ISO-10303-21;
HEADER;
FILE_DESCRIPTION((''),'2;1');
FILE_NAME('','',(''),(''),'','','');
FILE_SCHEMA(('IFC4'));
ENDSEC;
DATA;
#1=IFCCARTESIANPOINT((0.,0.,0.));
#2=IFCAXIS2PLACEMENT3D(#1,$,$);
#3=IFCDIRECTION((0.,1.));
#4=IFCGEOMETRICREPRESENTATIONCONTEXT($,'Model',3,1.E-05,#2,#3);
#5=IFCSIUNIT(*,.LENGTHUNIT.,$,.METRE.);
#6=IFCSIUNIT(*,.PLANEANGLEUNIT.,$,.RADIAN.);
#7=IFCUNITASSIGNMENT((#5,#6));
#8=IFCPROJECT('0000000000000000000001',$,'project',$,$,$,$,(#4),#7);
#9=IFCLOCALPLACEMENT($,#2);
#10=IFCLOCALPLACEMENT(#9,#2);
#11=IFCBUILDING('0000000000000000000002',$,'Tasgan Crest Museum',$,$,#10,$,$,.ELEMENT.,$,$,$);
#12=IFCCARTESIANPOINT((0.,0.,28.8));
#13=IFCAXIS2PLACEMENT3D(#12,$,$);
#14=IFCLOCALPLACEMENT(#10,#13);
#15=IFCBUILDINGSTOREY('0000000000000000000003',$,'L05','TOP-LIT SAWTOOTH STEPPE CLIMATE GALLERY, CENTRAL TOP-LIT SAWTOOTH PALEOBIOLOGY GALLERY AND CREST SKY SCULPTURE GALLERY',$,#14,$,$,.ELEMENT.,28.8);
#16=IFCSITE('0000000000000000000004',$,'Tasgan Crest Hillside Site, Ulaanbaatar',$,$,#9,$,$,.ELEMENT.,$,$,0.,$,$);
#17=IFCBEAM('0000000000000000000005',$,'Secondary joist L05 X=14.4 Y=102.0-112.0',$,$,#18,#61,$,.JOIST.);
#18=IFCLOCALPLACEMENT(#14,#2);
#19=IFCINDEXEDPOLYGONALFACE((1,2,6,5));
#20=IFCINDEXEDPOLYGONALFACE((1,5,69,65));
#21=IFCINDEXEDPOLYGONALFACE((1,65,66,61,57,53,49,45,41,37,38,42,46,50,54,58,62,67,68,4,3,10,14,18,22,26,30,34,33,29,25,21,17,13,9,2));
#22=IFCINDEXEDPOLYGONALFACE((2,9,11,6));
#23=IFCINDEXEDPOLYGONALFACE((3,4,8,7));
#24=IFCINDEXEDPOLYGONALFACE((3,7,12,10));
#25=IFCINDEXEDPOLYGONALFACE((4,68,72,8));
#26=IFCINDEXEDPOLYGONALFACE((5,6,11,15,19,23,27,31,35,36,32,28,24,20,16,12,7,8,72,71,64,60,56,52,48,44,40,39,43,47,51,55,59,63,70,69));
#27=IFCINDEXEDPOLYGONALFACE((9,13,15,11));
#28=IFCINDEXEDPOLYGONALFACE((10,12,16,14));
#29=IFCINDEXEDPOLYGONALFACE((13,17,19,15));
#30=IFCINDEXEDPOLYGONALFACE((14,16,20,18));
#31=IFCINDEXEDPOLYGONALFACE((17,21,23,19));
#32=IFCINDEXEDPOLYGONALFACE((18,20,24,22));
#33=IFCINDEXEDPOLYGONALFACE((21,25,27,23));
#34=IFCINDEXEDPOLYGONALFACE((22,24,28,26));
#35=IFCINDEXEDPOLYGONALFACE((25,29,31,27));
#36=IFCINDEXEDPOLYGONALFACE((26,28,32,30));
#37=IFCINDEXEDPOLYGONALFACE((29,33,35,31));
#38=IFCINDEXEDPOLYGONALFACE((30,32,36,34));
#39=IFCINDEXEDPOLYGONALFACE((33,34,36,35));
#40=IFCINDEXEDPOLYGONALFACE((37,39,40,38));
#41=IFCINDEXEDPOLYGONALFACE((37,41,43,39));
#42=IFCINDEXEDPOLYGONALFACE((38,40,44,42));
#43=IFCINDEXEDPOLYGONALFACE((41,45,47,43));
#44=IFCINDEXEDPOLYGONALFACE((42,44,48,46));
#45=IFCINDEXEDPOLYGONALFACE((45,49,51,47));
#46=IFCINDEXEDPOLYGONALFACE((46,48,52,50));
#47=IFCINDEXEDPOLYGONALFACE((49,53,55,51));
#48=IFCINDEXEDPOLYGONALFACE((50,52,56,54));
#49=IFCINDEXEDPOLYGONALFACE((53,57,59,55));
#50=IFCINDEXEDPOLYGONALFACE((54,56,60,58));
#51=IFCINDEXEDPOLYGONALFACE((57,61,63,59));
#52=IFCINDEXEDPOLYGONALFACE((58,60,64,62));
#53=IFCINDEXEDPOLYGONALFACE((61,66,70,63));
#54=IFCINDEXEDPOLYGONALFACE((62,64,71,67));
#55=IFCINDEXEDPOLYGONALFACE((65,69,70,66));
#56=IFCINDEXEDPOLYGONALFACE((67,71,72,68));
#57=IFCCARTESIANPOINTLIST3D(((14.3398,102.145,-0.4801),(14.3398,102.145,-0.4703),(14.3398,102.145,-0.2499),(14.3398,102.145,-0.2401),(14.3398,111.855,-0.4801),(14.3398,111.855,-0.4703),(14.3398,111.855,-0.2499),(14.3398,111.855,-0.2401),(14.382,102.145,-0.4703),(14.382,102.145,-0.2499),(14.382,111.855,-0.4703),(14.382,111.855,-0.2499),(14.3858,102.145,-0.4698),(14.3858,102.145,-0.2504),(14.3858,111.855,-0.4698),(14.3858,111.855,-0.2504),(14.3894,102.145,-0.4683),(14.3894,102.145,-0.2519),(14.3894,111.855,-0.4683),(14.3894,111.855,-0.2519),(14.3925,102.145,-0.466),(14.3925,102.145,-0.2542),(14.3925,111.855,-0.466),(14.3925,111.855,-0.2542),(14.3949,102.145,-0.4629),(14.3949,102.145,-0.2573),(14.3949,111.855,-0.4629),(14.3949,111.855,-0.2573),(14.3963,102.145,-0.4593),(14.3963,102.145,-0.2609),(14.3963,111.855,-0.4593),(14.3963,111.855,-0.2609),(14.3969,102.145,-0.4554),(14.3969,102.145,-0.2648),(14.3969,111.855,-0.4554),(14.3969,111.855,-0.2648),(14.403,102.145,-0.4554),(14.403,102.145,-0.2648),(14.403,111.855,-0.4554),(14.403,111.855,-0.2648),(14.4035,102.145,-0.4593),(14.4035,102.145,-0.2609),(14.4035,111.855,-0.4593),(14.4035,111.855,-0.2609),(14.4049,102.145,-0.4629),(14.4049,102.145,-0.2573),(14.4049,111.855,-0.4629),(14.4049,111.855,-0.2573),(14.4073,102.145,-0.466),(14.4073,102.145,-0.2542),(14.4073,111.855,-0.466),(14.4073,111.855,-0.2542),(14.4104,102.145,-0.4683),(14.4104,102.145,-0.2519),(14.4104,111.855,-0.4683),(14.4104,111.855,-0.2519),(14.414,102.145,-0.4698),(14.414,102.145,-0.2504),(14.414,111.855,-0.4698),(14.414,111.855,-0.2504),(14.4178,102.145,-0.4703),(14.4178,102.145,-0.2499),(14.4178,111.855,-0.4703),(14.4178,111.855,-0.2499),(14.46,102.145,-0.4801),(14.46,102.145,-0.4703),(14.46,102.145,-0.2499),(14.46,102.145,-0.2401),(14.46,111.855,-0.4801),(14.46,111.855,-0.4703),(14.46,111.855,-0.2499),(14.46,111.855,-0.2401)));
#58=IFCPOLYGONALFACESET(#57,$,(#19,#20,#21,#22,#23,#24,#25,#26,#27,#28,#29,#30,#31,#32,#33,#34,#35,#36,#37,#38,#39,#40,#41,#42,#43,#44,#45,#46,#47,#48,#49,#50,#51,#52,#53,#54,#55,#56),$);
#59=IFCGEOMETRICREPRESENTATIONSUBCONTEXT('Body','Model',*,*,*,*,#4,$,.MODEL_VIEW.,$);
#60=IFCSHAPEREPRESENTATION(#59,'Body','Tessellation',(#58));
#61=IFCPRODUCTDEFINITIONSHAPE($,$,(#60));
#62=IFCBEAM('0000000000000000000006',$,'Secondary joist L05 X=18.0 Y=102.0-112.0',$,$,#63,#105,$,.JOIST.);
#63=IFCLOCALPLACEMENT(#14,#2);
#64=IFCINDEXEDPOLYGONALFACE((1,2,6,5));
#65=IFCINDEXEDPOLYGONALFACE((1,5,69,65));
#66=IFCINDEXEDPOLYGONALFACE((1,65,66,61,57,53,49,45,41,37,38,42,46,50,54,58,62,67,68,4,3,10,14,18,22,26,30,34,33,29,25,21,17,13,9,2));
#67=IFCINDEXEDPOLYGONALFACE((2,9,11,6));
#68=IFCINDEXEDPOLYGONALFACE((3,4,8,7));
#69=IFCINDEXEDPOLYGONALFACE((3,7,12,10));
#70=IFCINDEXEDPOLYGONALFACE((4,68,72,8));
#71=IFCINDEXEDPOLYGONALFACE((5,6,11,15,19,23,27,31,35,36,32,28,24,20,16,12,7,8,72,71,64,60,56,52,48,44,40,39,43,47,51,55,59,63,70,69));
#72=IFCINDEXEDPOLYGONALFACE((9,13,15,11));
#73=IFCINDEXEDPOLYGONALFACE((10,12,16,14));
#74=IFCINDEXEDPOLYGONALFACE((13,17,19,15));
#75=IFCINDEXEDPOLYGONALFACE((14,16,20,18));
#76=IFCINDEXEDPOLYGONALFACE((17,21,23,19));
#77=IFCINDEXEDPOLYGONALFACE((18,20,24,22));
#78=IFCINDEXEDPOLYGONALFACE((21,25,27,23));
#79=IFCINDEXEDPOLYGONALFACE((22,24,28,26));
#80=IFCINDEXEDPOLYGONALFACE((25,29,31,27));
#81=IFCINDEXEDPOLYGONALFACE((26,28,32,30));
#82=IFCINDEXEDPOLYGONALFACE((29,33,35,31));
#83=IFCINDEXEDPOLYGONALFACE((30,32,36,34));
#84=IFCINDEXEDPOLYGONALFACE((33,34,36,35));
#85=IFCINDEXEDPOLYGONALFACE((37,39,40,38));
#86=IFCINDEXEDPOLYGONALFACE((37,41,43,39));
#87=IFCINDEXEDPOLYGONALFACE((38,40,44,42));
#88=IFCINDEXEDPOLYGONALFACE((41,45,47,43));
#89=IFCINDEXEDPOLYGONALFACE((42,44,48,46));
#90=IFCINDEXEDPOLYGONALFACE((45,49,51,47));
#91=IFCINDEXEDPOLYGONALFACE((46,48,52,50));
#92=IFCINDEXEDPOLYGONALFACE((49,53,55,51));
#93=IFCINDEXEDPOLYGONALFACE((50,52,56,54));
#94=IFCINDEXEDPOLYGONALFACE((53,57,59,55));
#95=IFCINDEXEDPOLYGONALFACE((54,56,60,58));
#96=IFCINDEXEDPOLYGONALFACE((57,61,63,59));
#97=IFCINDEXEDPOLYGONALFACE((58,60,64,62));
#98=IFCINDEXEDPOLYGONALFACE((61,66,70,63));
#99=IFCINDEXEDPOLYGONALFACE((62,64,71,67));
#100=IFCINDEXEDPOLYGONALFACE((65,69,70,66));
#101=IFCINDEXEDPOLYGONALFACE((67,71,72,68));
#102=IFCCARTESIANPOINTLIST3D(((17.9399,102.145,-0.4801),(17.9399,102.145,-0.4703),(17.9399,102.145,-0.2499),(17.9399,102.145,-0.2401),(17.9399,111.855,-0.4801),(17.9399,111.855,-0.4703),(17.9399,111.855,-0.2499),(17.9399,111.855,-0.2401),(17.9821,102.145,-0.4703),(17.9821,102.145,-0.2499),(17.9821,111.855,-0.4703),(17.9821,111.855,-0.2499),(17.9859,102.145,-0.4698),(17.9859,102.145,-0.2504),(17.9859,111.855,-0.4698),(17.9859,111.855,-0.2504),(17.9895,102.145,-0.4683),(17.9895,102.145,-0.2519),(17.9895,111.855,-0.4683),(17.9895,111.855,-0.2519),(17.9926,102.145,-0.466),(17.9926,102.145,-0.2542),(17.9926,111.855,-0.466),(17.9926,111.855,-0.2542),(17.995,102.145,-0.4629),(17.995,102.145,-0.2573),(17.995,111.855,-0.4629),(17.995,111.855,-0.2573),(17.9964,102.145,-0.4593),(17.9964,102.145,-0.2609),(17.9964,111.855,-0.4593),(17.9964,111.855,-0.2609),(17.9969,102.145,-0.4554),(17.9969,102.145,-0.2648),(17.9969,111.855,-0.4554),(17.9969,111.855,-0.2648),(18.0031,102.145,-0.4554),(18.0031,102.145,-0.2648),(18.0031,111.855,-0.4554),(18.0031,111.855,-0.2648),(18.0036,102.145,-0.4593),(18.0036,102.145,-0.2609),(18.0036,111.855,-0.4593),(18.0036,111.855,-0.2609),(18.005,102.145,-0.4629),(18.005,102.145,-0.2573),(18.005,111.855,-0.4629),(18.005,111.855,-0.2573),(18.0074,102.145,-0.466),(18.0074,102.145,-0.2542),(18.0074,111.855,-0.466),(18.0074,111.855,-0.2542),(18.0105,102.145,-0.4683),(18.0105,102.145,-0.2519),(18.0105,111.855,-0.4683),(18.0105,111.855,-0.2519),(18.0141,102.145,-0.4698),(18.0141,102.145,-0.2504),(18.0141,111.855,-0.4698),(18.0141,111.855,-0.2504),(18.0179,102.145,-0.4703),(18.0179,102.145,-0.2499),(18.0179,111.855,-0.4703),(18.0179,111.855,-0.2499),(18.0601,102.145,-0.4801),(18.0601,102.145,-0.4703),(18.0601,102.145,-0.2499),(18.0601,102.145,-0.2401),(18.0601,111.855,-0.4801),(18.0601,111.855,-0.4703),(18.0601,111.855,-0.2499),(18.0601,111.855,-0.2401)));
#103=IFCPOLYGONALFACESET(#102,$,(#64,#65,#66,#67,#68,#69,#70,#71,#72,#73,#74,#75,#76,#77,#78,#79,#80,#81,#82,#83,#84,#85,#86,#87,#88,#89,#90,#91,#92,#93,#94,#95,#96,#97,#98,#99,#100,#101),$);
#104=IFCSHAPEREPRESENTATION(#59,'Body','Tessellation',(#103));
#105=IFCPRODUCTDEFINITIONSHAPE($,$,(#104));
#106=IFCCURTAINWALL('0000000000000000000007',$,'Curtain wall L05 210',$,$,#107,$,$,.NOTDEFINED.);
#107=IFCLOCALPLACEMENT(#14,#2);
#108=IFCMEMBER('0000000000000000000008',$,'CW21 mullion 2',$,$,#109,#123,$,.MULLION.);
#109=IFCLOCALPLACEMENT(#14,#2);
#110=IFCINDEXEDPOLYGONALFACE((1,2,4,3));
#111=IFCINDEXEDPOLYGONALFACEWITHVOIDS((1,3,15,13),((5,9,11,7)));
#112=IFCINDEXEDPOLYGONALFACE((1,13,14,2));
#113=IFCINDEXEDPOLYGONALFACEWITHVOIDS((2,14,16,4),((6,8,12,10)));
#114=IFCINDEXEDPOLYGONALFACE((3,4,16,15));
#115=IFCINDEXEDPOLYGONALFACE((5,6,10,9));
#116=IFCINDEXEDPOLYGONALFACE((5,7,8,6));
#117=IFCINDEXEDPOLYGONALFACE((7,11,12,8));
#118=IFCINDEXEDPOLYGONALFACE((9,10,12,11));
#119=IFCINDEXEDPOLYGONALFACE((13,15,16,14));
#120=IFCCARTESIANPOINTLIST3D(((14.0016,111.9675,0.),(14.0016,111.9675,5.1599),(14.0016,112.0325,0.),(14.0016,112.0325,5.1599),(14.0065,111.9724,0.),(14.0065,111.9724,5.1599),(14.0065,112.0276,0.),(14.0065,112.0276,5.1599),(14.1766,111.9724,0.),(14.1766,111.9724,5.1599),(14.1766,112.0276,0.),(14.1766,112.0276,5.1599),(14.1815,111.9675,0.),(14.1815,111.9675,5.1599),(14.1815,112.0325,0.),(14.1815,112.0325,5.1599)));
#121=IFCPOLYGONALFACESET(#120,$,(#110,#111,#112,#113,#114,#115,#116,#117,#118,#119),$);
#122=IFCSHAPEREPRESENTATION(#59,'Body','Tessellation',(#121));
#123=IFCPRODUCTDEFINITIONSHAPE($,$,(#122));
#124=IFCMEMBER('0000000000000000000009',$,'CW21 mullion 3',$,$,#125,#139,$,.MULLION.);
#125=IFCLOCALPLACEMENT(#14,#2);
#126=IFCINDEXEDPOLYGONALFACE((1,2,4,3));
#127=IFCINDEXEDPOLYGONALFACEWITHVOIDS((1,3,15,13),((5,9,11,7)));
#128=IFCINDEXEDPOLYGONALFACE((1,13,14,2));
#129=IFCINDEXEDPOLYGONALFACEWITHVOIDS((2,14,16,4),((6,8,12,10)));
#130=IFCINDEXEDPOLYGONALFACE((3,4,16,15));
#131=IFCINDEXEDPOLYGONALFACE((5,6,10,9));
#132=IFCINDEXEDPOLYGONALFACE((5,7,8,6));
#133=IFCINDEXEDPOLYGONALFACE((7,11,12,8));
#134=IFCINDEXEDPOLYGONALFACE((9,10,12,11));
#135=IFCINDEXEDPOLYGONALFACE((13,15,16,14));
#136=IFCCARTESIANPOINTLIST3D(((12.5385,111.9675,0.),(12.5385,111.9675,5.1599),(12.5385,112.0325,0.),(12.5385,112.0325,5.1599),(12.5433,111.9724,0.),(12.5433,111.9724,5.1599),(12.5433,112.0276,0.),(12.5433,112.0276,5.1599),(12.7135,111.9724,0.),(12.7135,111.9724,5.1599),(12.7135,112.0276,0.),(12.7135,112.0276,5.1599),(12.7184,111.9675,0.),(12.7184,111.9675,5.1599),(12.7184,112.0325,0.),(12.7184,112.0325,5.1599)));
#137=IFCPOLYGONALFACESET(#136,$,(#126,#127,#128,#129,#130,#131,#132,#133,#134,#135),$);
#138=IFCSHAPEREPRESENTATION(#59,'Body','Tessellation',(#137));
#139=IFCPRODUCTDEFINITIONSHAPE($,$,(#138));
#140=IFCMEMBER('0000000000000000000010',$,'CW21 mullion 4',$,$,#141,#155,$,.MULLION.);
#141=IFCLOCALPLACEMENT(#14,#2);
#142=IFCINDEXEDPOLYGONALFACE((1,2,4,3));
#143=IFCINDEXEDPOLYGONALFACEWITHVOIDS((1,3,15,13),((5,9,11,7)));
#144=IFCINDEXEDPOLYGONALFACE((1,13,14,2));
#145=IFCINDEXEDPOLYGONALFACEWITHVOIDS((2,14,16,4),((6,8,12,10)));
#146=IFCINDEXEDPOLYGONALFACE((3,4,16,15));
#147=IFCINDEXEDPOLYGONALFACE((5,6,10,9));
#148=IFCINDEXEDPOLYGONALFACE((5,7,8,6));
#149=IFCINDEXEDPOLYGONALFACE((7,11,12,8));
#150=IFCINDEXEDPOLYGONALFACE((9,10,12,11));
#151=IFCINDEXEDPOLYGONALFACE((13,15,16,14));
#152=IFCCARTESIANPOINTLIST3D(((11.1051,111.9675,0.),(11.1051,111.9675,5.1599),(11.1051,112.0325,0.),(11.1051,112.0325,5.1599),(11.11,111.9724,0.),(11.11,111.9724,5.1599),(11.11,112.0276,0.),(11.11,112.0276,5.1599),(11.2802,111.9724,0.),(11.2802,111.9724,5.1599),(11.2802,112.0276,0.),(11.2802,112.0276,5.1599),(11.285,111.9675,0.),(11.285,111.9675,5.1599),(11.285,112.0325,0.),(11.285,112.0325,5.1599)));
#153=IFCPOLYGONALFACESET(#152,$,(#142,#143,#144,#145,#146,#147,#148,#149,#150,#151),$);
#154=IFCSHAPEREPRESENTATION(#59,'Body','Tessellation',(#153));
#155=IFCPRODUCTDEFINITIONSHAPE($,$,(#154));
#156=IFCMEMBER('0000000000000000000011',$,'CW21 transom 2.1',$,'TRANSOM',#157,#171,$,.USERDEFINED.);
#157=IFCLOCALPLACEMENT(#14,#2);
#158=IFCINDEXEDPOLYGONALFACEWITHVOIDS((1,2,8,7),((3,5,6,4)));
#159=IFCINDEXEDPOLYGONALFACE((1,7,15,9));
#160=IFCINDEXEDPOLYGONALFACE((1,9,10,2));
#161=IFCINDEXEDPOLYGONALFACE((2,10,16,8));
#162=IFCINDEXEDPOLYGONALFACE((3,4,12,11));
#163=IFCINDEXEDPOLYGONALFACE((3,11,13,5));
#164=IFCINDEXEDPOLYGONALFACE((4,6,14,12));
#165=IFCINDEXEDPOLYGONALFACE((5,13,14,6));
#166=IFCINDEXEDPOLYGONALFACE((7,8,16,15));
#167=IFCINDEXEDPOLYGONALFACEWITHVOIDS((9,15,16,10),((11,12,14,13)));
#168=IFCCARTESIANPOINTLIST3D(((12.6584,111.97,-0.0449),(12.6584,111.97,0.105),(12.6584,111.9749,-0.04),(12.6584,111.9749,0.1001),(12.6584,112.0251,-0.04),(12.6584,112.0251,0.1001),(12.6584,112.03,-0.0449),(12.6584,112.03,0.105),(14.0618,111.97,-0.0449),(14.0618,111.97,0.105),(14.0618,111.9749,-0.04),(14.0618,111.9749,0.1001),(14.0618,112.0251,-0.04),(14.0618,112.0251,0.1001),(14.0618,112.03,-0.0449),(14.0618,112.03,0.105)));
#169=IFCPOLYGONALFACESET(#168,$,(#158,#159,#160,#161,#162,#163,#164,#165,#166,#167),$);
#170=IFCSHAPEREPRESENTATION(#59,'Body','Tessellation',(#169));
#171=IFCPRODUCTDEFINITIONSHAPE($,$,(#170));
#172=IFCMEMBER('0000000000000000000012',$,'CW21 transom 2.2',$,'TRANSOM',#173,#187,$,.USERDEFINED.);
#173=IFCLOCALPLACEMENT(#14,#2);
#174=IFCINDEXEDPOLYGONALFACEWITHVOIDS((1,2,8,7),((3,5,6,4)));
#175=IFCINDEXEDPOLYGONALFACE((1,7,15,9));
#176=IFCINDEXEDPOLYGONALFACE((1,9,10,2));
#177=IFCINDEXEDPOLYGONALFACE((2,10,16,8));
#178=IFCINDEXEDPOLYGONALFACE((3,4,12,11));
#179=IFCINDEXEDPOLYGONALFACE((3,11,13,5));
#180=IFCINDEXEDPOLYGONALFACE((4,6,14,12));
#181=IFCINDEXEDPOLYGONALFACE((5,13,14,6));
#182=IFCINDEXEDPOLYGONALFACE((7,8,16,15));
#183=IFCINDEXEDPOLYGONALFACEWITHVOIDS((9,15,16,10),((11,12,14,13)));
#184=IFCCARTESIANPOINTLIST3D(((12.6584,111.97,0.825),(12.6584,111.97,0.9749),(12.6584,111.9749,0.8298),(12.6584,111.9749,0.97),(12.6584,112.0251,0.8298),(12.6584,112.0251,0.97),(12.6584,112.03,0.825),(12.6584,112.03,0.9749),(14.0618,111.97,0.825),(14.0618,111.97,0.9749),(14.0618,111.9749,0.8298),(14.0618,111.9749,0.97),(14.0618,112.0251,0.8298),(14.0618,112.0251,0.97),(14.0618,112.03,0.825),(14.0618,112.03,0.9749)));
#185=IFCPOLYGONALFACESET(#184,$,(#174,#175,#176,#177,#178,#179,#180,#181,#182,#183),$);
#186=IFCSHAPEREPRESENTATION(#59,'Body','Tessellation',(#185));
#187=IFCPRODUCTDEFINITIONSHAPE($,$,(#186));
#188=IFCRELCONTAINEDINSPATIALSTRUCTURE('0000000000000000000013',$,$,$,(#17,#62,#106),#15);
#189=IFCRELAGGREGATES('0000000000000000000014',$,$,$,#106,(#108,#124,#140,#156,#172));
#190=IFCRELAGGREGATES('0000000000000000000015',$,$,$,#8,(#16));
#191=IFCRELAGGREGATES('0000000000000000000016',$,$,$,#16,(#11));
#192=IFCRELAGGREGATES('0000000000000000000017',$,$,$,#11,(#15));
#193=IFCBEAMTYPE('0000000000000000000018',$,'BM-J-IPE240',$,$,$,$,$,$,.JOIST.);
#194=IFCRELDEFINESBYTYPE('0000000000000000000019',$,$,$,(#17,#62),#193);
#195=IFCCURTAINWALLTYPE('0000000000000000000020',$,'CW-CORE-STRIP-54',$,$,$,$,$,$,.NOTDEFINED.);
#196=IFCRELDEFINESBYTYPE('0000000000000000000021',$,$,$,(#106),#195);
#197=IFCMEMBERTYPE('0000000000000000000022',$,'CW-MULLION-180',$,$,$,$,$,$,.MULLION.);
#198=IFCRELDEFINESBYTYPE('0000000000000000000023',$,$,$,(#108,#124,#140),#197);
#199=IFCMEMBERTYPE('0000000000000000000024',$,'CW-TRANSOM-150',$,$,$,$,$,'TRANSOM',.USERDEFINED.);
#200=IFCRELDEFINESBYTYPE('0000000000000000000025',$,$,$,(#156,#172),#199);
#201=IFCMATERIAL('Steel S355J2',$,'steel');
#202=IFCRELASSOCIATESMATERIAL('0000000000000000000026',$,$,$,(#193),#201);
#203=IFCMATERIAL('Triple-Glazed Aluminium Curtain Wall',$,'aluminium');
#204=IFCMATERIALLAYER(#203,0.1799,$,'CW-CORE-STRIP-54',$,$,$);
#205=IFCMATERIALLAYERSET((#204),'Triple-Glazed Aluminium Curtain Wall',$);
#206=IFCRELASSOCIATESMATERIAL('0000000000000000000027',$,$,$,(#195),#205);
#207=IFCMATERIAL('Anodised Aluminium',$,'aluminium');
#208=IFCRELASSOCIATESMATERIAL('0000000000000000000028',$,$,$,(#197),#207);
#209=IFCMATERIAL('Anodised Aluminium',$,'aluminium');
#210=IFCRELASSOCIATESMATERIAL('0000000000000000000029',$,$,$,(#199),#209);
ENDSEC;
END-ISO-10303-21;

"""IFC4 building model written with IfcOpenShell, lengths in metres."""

from ifc_helpers import new_model, si_unit, direction, frame, origin, origin_2d, place, context, subcontext, project, spatial, hollow_rectangle, i_section, extrude, material, layer, layer_set, material_profile, profile_set, type_object, element, aggregate, save


model = new_model("IFC4")

# Units and contexts
model_context = context("Model", 3, precision=1e-05, world=origin(), true_north=direction((0.0, 1.0)))
body_context = subcontext(model_context, "Body", "Model", "MODEL_VIEW")
ifc_project = project(units=[si_unit("LENGTHUNIT", "METRE"), si_unit("PLANEANGLEUNIT", "RADIAN")], contexts=[model_context])

# Site, building, storey
site_placement = place(None, origin())
site = spatial("IfcSite", under=ifc_project, at=site_placement, Name="Tasgan Crest Hillside Site, Ulaanbaatar", CompositionType="ELEMENT", RefElevation=0.0)
building_placement = place(site_placement, origin())
building = spatial("IfcBuilding", under=site, at=building_placement, Name="Tasgan Crest Museum", CompositionType="ELEMENT")
storey_placement = place(building_placement, frame((0.0, 0.0, 28.8)))
storey = spatial("IfcBuildingStorey", under=building, at=storey_placement, Name="L05", Description="TOP-LIT SAWTOOTH STEPPE CLIMATE GALLERY, CENTRAL TOP-LIT SAWTOOTH PALEOBIOLOGY GALLERY AND CREST SKY SCULPTURE GALLERY", CompositionType="ELEMENT", Elevation=28.8)

# Beams
ifc_material_1 = material(Name="Steel S355J2", Category="steel")
ifc_material_profile_1 = material_profile(ifc_material_1, i_section(OverallWidth=0.1201, OverallDepth=0.24, WebThickness=0.0061, FlangeThickness=0.0098, FilletRadius=0.0149, at=origin_2d()), Name="IPE 240")
ifc_profile_set_1 = profile_set([ifc_material_profile_1], Name="Steel S355J2")
beam_type_1 = type_object("IfcBeamType", Name="BM-J-IPE240", PredefinedType="JOIST", material=ifc_profile_set_1)
for number, where, z_axis, x_axis, name in (
    (1, (14.3999, 102.145, -0.3601), (0.0, 1.0, 0.0), (-1.0, 0.0, 0.0), "Secondary joist L05 X=14.4 Y=102.0-112.0"),
    (2, (18.0, 102.145, -0.3601), (0.0, 1.0, 0.0), (-1.0, 0.0, 0.0), "Secondary joist L05 X=18.0 Y=102.0-112.0"),
):
    element("IfcBeam", number, at=place(storey_placement, frame(where, z_axis=z_axis, x_axis=x_axis)), inside=storey, type_object=beam_type_1, Name=name, PredefinedType="JOIST", context=body_context, shape_type="SweptSolid", body=[
        extrude(i_section(OverallWidth=0.1201, OverallDepth=0.24, WebThickness=0.0061, FlangeThickness=0.0098, FilletRadius=0.0149, at=origin_2d()), origin(), (0.0, 0.0, 1.0), 9.71),
    ])

# Curtain wall, members
ifc_material_2 = material(Name="Triple-Glazed Aluminium Curtain Wall", Category="aluminium")
ifc_layer_1 = layer(ifc_material_2, 0.1799, Name="CW-CORE-STRIP-54")
ifc_layer_set_1 = layer_set([ifc_layer_1], Name="Triple-Glazed Aluminium Curtain Wall")
curtain_wall_type = type_object("IfcCurtainWallType", Name="CW-CORE-STRIP-54", PredefinedType="NOTDEFINED", material=ifc_layer_set_1)
curtain_wall_placement = place(storey_placement, origin())
curtain_wall = element("IfcCurtainWall", 3, at=curtain_wall_placement, inside=storey, type_object=curtain_wall_type, Name="Curtain wall L05 210", PredefinedType="NOTDEFINED")
ifc_material_3 = material(Name="Anodised Aluminium", Category="aluminium")
ifc_material_profile_2 = material_profile(ifc_material_3, hollow_rectangle(XDim=0.0649, YDim=0.1799, WallThickness=0.0049, at=origin_2d()), Name="ALU MULLION 180x65x5")
ifc_profile_set_2 = profile_set([ifc_material_profile_2], Name="Anodised Aluminium")
member_type_1 = type_object("IfcMemberType", Name="CW-MULLION-180", PredefinedType="MULLION", material=ifc_profile_set_2)
member_1_placement = place(storey_placement, frame((14.0916, 112.0, 0.0), z_axis=(0.0, 0.0, 1.0), x_axis=(0.0, -1.0, 0.0)))
member_1 = element("IfcMember", 4, at=member_1_placement, type_object=member_type_1, Name="CW21 mullion 2", PredefinedType="MULLION", context=body_context, shape_type="SweptSolid", body=[
    extrude(hollow_rectangle(XDim=0.0649, YDim=0.1799, WallThickness=0.0049, at=origin_2d()), origin(), (0.0, 0.0, 1.0), 5.1599),
])
member_2_placement = place(storey_placement, frame((12.6284, 112.0, 0.0), z_axis=(0.0, 0.0, 1.0), x_axis=(0.0, -1.0, 0.0)))
member_2 = element("IfcMember", 5, at=member_2_placement, type_object=member_type_1, Name="CW21 mullion 3", PredefinedType="MULLION", context=body_context, shape_type="SweptSolid", body=[
    extrude(hollow_rectangle(XDim=0.0649, YDim=0.1799, WallThickness=0.0049, at=origin_2d()), origin(), (0.0, 0.0, 1.0), 5.1599),
])
member_3_placement = place(storey_placement, frame((11.1951, 112.0, 0.0), z_axis=(0.0, 0.0, 1.0), x_axis=(0.0, -1.0, 0.0)))
member_3 = element("IfcMember", 6, at=member_3_placement, type_object=member_type_1, Name="CW21 mullion 4", PredefinedType="MULLION", context=body_context, shape_type="SweptSolid", body=[
    extrude(hollow_rectangle(XDim=0.0649, YDim=0.1799, WallThickness=0.0049, at=origin_2d()), origin(), (0.0, 0.0, 1.0), 5.1599),
])
ifc_material_4 = material(Name="Anodised Aluminium", Category="aluminium")
ifc_material_profile_3 = material_profile(ifc_material_4, hollow_rectangle(XDim=0.0601, YDim=0.1499, WallThickness=0.0049, at=origin_2d()), Name="ALU TRANSOM 150x60x5")
ifc_profile_set_3 = profile_set([ifc_material_profile_3], Name="Anodised Aluminium")
member_type_2 = type_object("IfcMemberType", Name="CW-TRANSOM-150", ElementType="TRANSOM", PredefinedType="USERDEFINED", material=ifc_profile_set_3)
member_4_placement = place(storey_placement, frame((14.0618, 112.0, 0.03), z_axis=(-1.0, 0.0, 0.0), x_axis=(0.0, -1.0, 0.0)))
member_4 = element("IfcMember", 7, at=member_4_placement, type_object=member_type_2, Name="CW21 transom 2.1", ObjectType="TRANSOM", PredefinedType="USERDEFINED", context=body_context, shape_type="SweptSolid", body=[
    extrude(hollow_rectangle(XDim=0.0601, YDim=0.1499, WallThickness=0.0049, at=origin_2d()), origin(), (0.0, 0.0, 1.0), 1.4033),
])
member_5_placement = place(storey_placement, frame((14.0618, 112.0, 0.8999), z_axis=(-1.0, 0.0, 0.0), x_axis=(0.0, -1.0, 0.0)))
member_5 = element("IfcMember", 8, at=member_5_placement, type_object=member_type_2, Name="CW21 transom 2.2", ObjectType="TRANSOM", PredefinedType="USERDEFINED", context=body_context, shape_type="SweptSolid", body=[
    extrude(hollow_rectangle(XDim=0.0601, YDim=0.1499, WallThickness=0.0049, at=origin_2d()), origin(), (0.0, 0.0, 1.0), 1.4033),
])

aggregate(curtain_wall, [member_1, member_2, member_3, member_4, member_5])

save(model, "model.ifc")
